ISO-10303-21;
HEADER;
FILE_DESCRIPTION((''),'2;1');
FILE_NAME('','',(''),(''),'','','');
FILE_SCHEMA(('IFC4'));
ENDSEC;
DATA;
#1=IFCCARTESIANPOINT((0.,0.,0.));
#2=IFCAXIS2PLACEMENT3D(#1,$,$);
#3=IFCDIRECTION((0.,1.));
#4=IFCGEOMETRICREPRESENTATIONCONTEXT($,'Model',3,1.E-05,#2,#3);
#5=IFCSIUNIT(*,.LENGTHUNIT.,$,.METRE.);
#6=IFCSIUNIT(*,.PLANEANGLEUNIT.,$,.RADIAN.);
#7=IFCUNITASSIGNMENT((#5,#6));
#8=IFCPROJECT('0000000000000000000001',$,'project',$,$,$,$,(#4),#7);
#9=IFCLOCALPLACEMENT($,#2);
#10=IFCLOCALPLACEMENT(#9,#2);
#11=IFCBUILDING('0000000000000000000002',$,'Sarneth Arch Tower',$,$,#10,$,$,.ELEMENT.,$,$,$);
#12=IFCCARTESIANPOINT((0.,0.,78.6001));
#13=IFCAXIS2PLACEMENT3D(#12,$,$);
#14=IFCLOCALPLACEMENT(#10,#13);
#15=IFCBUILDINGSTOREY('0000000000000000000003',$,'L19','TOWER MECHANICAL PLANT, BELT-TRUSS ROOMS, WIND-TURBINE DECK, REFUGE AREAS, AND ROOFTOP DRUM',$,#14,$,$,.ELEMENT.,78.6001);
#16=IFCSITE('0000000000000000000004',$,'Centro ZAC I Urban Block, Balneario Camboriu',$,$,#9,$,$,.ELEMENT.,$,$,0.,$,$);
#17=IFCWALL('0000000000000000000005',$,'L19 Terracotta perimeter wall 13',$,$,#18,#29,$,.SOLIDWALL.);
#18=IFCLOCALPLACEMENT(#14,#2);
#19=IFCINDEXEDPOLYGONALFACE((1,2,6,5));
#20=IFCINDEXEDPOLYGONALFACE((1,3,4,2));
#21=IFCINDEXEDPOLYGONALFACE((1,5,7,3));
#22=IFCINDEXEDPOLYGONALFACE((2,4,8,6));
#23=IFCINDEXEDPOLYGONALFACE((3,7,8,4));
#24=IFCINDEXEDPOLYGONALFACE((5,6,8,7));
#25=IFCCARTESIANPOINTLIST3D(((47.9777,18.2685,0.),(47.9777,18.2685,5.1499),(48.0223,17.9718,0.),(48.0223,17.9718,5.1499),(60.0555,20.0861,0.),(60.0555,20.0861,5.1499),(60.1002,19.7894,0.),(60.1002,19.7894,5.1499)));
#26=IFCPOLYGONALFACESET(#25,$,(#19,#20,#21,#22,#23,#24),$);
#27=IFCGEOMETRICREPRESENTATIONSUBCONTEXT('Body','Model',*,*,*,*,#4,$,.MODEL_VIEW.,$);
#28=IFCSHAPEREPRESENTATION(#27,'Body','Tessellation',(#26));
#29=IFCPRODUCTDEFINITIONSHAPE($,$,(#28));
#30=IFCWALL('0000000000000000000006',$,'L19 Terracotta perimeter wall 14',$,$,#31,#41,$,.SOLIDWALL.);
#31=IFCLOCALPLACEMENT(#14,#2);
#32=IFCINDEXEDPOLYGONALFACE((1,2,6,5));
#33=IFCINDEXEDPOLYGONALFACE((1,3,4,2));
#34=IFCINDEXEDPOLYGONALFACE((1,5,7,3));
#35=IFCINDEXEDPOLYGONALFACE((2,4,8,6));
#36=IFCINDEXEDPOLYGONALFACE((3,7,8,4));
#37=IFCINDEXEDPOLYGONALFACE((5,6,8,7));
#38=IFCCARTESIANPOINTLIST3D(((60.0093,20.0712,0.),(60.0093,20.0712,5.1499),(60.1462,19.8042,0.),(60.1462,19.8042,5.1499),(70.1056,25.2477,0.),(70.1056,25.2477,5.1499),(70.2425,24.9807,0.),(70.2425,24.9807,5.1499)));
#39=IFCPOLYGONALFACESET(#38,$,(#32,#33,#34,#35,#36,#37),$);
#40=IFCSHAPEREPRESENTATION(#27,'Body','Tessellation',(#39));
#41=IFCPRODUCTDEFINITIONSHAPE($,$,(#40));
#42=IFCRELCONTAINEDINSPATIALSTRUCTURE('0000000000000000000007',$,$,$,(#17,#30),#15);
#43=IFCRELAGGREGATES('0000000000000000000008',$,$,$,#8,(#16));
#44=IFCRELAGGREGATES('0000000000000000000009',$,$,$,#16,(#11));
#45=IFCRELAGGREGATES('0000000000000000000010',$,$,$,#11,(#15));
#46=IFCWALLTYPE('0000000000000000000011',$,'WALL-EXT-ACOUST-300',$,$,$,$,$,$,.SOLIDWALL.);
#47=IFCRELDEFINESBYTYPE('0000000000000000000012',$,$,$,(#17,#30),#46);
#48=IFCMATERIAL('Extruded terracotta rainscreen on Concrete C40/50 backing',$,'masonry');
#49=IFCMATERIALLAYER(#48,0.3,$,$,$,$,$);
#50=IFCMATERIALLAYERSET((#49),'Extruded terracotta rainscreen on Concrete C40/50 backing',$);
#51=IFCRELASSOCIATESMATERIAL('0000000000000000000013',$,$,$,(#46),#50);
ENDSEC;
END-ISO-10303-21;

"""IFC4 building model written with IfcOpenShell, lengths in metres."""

from ifc_helpers import new_model, si_unit, direction, frame, frame_2d, origin, place, context, subcontext, project, spatial, rectangle, extrude, material, layer, layer_set, type_object, element, save


model = new_model("IFC4")

# Units and contexts
model_context = context("Model", 3, precision=1e-05, world=origin(), true_north=direction((0.0, 1.0)))
body_context = subcontext(model_context, "Body", "Model", "MODEL_VIEW")
ifc_project = project(units=[si_unit("LENGTHUNIT", "METRE"), si_unit("PLANEANGLEUNIT", "RADIAN")], contexts=[model_context])

# Site, building, storey
site_placement = place(None, origin())
site = spatial("IfcSite", under=ifc_project, at=site_placement, Name="Centro ZAC I Urban Block, Balneario Camboriu", CompositionType="ELEMENT", RefElevation=0.0)
building_placement = place(site_placement, origin())
building = spatial("IfcBuilding", under=site, at=building_placement, Name="Sarneth Arch Tower", CompositionType="ELEMENT")
storey_placement = place(building_placement, frame((0.0, 0.0, 78.6001)))
storey = spatial("IfcBuildingStorey", under=building, at=storey_placement, Name="L19", Description="TOWER MECHANICAL PLANT, BELT-TRUSS ROOMS, WIND-TURBINE DECK, REFUGE AREAS, AND ROOFTOP DRUM", CompositionType="ELEMENT", Elevation=78.6001)

# Walls
ifc_material_1 = material(Name="Extruded terracotta rainscreen on Concrete C40/50 backing", Category="masonry")
ifc_layer_1 = layer(ifc_material_1, 0.3)
ifc_layer_set_1 = layer_set([ifc_layer_1], Name="Extruded terracotta rainscreen on Concrete C40/50 backing")
wall_type = type_object("IfcWallType", Name="WALL-EXT-ACOUST-300", PredefinedType="SOLIDWALL", material=ifc_layer_set_1)
wall_1_placement = place(storey_placement, frame((48.0, 18.1201, 0.0), z_axis=(0.0, 0.0, 1.0), x_axis=(0.988865, 0.148816, 0.0)))
element("IfcWall", 1, at=wall_1_placement, inside=storey, type_object=wall_type, Name="L19 Terracotta perimeter wall 13", PredefinedType="SOLIDWALL", context=body_context, shape_type="SweptSolid", body=[
    extrude(rectangle(XDim=12.2139, YDim=0.3, at=frame_2d((6.1069, 0.0))), origin(), (0.0, 0.0, 1.0), 5.1499),
])
wall_2_placement = place(storey_placement, frame((60.0779, 19.9377, 0.0), z_axis=(0.0, 0.0, 1.0), x_axis=(0.889854, 0.456245, 0.0)))
element("IfcWall", 2, at=wall_2_placement, inside=storey, type_object=wall_type, Name="L19 Terracotta perimeter wall 14", PredefinedType="SOLIDWALL", context=body_context, shape_type="SweptSolid", body=[
    extrude(rectangle(XDim=11.3459, YDim=0.3, at=frame_2d((5.6729, 0.0))), origin(), (0.0, 0.0, 1.0), 5.1499),
])

save(model, "model.ifc")
